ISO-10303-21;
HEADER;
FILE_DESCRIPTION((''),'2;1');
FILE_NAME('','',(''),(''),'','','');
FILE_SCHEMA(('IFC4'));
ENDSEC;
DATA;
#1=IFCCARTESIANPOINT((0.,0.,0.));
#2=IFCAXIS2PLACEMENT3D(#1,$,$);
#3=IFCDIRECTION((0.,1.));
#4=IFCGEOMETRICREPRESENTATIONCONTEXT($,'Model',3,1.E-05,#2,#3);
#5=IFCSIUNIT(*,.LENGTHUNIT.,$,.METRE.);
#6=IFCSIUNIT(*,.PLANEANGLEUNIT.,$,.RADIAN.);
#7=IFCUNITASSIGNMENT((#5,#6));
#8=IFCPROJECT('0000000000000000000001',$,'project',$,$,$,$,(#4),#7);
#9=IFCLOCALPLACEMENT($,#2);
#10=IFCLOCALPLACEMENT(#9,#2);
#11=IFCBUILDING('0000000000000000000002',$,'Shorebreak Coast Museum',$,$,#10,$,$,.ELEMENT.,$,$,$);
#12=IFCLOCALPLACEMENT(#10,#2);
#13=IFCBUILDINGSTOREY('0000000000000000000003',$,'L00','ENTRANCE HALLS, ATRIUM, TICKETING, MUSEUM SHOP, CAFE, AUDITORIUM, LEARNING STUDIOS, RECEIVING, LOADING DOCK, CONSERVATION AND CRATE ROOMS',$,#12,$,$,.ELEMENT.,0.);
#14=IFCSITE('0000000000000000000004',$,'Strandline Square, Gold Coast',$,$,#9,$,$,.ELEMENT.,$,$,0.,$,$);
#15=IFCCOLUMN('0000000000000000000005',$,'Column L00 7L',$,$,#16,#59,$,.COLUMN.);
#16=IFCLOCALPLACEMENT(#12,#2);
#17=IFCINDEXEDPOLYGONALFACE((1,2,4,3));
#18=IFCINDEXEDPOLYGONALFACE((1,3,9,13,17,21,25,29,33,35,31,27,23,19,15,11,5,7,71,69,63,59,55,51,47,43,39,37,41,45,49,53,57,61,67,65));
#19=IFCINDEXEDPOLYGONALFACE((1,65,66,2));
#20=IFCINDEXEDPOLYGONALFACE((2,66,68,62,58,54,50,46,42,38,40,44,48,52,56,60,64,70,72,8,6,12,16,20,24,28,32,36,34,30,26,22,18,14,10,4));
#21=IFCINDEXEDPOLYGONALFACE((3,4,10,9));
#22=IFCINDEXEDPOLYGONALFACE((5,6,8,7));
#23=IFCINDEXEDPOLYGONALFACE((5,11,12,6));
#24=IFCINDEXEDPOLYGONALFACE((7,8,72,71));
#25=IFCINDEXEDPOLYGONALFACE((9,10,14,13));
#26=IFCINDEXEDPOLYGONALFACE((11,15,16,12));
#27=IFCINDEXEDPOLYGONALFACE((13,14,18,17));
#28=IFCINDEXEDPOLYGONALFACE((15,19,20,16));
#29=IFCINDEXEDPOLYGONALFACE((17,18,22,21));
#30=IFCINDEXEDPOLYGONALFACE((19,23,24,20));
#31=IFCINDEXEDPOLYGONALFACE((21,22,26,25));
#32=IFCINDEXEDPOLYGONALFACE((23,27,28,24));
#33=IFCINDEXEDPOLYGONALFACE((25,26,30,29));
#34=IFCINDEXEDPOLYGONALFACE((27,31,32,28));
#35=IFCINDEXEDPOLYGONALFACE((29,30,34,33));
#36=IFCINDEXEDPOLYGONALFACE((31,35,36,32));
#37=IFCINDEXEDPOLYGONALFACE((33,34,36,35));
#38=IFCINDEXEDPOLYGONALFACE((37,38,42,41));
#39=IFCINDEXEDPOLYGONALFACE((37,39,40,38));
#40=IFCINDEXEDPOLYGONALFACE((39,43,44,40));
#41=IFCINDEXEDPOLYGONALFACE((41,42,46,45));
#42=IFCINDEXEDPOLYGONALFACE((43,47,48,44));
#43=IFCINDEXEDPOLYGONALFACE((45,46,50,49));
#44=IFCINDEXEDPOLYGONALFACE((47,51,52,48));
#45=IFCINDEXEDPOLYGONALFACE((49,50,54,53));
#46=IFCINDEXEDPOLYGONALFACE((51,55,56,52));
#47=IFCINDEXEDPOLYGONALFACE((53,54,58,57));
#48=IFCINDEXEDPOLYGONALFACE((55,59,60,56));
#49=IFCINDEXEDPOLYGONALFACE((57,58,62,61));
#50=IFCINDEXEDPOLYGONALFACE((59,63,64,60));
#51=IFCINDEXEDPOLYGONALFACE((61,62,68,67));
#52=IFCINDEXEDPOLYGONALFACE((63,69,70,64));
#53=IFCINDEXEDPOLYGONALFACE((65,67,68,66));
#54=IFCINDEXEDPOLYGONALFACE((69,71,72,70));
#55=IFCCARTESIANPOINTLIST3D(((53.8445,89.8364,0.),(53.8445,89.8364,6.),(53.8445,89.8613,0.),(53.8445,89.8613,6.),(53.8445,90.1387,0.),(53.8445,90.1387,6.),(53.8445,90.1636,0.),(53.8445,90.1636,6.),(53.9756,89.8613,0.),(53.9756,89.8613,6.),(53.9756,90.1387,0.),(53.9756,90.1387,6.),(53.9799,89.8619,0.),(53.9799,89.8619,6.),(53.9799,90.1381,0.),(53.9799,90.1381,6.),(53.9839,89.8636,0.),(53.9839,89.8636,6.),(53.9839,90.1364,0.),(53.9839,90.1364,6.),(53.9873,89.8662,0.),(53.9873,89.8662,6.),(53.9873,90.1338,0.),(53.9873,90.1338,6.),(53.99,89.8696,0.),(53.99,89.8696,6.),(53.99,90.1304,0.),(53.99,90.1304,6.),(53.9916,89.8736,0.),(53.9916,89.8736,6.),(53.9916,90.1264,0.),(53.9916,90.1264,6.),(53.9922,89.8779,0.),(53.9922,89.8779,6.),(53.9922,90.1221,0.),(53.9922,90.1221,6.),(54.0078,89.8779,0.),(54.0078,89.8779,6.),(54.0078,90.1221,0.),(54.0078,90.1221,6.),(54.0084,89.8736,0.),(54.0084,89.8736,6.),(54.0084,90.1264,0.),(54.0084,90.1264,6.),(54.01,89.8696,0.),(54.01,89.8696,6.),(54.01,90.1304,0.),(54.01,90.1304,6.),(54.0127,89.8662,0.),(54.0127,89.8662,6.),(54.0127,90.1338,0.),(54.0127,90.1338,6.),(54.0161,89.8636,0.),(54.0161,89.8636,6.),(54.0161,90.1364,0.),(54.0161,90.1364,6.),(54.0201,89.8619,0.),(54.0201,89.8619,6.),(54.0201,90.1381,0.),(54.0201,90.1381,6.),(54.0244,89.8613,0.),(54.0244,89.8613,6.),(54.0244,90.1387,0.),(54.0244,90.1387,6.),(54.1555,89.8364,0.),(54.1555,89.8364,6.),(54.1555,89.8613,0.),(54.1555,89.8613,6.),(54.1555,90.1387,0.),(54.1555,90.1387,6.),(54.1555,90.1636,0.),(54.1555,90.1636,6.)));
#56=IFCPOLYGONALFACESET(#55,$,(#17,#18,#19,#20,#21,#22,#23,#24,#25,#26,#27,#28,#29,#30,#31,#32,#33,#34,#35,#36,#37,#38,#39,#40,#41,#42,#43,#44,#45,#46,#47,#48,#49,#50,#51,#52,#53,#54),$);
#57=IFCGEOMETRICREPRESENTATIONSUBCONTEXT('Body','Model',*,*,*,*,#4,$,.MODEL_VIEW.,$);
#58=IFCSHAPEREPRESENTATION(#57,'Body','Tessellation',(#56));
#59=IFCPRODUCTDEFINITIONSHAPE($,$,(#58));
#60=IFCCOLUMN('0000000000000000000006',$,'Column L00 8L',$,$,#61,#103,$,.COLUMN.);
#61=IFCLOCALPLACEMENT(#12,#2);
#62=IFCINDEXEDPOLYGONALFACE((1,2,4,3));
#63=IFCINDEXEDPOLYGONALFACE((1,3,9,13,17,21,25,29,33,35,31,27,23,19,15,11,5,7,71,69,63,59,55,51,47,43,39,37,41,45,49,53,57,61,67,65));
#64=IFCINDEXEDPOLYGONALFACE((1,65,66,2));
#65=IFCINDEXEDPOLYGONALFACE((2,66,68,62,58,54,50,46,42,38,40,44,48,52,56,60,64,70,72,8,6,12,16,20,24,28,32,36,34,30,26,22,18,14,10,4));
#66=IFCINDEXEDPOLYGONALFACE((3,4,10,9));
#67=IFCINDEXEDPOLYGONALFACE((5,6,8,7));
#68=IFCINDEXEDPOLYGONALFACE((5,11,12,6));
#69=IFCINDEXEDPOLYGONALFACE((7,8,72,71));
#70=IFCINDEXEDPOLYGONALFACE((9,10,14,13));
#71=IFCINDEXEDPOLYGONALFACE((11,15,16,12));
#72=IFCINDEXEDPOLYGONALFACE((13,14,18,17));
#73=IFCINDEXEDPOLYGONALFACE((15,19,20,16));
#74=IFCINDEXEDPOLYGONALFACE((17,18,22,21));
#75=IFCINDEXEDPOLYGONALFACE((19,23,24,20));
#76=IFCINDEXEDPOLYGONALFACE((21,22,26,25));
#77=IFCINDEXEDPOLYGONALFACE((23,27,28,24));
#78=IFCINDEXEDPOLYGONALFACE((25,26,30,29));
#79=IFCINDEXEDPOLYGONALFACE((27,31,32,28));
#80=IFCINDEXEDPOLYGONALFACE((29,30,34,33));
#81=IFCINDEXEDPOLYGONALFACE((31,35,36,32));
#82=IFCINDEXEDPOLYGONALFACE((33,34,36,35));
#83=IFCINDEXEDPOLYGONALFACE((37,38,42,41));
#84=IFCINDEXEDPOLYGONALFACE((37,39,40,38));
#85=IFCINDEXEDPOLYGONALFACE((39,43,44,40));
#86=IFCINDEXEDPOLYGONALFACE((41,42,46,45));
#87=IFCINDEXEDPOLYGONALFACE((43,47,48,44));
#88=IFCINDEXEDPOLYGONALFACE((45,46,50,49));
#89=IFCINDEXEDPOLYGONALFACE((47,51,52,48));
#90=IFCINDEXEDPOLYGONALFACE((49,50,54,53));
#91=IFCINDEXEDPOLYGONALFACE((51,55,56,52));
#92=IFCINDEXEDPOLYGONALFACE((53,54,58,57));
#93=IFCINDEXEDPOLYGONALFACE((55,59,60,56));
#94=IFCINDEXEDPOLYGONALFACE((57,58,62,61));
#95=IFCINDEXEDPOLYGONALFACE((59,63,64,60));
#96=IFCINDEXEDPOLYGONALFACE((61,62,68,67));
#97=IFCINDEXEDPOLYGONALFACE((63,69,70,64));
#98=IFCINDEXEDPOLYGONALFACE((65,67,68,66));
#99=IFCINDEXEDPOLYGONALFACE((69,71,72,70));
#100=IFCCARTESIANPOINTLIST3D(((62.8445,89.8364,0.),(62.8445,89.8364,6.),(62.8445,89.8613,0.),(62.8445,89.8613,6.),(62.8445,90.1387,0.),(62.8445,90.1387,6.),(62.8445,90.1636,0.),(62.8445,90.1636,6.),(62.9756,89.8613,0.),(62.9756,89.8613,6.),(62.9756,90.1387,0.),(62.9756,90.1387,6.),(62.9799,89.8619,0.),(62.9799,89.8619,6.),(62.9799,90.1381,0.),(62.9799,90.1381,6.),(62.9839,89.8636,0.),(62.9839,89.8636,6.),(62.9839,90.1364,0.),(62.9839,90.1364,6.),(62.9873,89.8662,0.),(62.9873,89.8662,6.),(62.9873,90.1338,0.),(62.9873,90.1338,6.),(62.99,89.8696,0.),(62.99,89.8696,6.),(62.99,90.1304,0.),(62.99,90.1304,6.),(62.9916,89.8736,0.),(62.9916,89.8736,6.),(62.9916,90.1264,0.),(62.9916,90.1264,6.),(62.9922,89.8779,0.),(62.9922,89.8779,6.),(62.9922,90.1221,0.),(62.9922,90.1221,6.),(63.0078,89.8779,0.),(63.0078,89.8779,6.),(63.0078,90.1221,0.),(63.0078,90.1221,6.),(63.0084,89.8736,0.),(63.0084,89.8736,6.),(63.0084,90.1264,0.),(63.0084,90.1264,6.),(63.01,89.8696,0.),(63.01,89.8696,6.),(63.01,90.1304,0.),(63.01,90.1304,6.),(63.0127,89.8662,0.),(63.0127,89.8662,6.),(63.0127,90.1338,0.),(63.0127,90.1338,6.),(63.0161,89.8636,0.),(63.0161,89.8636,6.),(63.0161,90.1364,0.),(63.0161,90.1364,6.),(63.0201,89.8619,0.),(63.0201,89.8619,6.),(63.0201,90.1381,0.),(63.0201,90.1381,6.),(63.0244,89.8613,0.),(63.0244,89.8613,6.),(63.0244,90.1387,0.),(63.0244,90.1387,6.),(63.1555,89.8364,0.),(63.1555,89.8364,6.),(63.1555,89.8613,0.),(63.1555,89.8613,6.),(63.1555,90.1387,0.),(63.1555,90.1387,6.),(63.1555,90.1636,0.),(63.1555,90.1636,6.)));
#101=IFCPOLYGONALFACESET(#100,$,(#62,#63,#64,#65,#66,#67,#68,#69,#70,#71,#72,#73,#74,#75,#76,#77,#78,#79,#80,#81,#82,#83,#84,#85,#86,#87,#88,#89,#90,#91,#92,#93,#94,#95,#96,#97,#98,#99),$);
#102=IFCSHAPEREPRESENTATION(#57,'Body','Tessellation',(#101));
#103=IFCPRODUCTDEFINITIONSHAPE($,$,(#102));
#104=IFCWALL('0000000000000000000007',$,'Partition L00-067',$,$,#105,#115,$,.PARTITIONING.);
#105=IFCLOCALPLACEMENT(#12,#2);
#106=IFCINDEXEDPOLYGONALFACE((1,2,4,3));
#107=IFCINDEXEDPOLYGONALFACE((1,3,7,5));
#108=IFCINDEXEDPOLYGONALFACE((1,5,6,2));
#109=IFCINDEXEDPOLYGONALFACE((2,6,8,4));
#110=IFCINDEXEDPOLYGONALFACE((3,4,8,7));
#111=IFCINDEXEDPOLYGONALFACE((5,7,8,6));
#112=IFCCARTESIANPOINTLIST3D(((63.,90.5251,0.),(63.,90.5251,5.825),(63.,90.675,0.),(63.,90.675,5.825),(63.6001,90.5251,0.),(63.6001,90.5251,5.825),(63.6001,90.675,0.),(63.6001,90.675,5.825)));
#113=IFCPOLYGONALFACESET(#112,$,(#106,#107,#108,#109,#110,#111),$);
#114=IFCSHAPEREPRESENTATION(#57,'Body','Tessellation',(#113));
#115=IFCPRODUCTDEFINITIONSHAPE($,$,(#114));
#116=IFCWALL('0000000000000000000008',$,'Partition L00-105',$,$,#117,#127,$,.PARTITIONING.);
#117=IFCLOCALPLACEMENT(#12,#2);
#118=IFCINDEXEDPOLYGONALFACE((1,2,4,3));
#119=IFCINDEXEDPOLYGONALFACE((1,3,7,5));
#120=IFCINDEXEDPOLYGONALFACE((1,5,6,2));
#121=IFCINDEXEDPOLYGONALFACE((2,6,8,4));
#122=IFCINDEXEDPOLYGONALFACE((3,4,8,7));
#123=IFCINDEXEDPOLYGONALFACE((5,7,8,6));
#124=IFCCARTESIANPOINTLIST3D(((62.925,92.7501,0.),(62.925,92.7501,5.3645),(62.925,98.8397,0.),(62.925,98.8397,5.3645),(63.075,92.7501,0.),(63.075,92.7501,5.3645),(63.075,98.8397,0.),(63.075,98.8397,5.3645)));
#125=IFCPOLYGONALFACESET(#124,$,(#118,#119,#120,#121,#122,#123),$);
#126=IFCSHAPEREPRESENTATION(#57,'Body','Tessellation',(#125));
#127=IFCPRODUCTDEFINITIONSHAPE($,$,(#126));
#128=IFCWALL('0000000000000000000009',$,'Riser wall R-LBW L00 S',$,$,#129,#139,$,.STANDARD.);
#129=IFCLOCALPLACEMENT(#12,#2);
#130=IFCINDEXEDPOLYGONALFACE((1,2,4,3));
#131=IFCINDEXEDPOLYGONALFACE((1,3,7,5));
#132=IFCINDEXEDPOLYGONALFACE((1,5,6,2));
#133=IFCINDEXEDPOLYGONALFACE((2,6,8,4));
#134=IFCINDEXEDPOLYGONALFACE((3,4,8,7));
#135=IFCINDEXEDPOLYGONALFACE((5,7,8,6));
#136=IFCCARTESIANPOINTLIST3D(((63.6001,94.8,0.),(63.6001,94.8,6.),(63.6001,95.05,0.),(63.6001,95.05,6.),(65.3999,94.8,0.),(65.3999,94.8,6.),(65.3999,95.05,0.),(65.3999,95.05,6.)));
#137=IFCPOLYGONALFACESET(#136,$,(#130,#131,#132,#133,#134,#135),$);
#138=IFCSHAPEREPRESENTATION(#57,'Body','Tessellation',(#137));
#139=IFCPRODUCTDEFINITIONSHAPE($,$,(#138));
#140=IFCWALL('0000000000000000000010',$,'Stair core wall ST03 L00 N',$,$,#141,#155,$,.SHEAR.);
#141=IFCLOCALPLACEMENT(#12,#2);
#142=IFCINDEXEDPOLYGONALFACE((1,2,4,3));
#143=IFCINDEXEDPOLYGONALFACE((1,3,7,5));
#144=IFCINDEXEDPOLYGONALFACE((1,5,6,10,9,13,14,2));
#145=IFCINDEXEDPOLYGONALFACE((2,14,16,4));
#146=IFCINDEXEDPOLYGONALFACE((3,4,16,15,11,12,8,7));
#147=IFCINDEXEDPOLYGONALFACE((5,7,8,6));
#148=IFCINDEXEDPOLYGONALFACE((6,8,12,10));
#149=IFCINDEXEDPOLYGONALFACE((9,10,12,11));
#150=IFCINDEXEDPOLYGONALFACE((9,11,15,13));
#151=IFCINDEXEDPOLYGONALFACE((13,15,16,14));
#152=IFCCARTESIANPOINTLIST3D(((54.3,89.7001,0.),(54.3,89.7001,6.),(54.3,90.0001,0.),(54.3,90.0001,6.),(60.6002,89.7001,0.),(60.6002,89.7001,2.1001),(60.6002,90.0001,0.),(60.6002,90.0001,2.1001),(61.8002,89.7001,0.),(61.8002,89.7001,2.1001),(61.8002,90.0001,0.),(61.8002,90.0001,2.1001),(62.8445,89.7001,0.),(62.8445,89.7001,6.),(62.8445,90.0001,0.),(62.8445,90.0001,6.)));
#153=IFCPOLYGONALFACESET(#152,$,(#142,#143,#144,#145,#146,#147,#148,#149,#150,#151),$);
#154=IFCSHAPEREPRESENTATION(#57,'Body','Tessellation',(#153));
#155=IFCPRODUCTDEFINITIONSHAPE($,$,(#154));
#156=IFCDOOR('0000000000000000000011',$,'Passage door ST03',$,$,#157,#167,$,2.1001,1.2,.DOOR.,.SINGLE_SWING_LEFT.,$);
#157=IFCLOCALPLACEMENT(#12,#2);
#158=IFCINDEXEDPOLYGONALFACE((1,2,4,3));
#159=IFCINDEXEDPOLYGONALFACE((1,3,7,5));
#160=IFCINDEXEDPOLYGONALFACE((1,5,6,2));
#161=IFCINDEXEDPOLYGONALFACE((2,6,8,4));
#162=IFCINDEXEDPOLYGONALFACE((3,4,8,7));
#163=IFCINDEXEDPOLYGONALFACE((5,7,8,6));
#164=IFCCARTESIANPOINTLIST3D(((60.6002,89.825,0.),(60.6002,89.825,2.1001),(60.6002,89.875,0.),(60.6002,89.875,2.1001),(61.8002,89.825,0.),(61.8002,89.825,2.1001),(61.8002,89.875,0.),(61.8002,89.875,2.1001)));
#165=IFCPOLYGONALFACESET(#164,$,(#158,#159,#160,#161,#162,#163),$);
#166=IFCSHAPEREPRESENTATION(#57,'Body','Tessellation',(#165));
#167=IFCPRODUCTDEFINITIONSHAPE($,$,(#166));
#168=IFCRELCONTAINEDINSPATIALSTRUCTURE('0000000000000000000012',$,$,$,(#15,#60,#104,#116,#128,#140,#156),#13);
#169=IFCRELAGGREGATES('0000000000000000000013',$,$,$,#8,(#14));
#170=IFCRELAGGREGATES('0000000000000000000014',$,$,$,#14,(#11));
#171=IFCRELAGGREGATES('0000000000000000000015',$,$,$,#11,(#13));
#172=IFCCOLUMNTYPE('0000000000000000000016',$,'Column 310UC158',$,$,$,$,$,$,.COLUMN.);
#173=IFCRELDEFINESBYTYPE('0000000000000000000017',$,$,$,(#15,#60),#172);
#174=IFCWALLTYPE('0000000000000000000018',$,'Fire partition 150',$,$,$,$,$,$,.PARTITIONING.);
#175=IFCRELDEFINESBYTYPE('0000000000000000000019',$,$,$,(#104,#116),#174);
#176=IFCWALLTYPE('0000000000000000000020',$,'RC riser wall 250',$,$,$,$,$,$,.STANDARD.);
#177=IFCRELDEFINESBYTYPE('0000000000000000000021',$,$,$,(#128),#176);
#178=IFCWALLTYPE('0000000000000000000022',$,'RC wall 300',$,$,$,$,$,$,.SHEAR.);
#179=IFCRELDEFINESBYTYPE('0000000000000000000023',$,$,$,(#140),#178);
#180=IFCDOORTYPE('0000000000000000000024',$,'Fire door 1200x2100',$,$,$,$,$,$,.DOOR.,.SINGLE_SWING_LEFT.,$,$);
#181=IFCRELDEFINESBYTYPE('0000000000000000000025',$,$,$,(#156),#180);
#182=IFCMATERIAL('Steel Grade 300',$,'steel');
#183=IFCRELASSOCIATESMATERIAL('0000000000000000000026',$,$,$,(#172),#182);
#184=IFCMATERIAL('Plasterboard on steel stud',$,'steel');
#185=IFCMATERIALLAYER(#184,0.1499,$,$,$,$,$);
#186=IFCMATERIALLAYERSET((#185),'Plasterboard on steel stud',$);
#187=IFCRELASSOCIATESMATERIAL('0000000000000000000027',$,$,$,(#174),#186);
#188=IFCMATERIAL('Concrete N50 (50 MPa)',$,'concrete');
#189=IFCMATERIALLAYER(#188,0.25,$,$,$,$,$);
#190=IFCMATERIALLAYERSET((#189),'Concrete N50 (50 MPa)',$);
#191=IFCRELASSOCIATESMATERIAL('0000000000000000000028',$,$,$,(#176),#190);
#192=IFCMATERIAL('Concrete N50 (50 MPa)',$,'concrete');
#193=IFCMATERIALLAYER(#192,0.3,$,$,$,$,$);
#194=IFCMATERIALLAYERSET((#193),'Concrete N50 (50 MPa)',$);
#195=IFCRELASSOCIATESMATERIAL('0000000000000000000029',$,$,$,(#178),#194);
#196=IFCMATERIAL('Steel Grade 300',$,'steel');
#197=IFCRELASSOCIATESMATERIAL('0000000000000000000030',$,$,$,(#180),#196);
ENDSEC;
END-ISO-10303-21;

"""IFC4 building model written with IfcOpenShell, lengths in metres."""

from ifc_helpers import new_model, si_unit, direction, frame, frame_2d, origin, origin_2d, place, context, subcontext, project, spatial, rectangle, i_section, extrude, material, layer, layer_set, material_profile, profile_set, type_object, element, fill, save


model = new_model("IFC4")

# Units and contexts
model_context = context("Model", 3, precision=1e-05, world=origin(), true_north=direction((0.0, 1.0)))
body_context = subcontext(model_context, "Body", "Model", "MODEL_VIEW")
ifc_project = project(units=[si_unit("LENGTHUNIT", "METRE"), si_unit("PLANEANGLEUNIT", "RADIAN")], contexts=[model_context])

# Site, building, storey
site_placement = place(None, origin())
site = spatial("IfcSite", under=ifc_project, at=site_placement, Name="Strandline Square, Gold Coast", CompositionType="ELEMENT", RefElevation=0.0)
building_placement = place(site_placement, origin())
building = spatial("IfcBuilding", under=site, at=building_placement, Name="Shorebreak Coast Museum", CompositionType="ELEMENT")
storey_placement = place(building_placement, origin())
storey = spatial("IfcBuildingStorey", under=building, at=storey_placement, Name="L00", Description="ENTRANCE HALLS, ATRIUM, TICKETING, MUSEUM SHOP, CAFE, AUDITORIUM, LEARNING STUDIOS, RECEIVING, LOADING DOCK, CONSERVATION AND CRATE ROOMS", CompositionType="ELEMENT", Elevation=0.0)

# Columns
ifc_material_1 = material(Name="Steel Grade 300", Category="steel")
ifc_material_profile_1 = material_profile(ifc_material_1, i_section(OverallWidth=0.311, OverallDepth=0.3271, WebThickness=0.0156, FlangeThickness=0.0249, FilletRadius=0.0166, at=origin_2d()), Name="310UC158")
ifc_profile_set_1 = profile_set([ifc_material_profile_1], Name="Steel Grade 300")
column_type = type_object("IfcColumnType", Name="Column 310UC158", PredefinedType="COLUMN", material=ifc_profile_set_1)
for number, where, z_axis, x_axis, name in (
    (1, (54.0, 90.0, 0.0), (0.0, 0.0, 1.0), (1.0, 0.0, 0.0), "Column L00 7L"),
    (2, (63.0, 90.0, 0.0), (0.0, 0.0, 1.0), (1.0, 0.0, 0.0), "Column L00 8L"),
):
    element("IfcColumn", number, at=place(storey_placement, frame(where, z_axis=z_axis, x_axis=x_axis)), inside=storey, type_object=column_type, Name=name, PredefinedType="COLUMN", context=body_context, shape_type="SweptSolid", body=[
        extrude(i_section(OverallWidth=0.311, OverallDepth=0.3271, WebThickness=0.0156, FlangeThickness=0.0249, FilletRadius=0.0166, at=origin_2d()), origin(), (0.0, 0.0, 1.0), 6.0),
    ])

# Walls
ifc_material_2 = material(Name="Plasterboard on steel stud", Category="steel")
ifc_layer_1 = layer(ifc_material_2, 0.1499)
ifc_layer_set_1 = layer_set([ifc_layer_1], Name="Plasterboard on steel stud")
wall_type_1 = type_object("IfcWallType", Name="Fire partition 150", PredefinedType="PARTITIONING", material=ifc_layer_set_1)
wall_1_placement = place(storey_placement, frame((63.0, 90.6001, 0.0), z_axis=(0.0, 0.0, 1.0), x_axis=(1.0, 0.0, 0.0)))
element("IfcWall", 3, at=wall_1_placement, inside=storey, type_object=wall_type_1, Name="Partition L00-067", PredefinedType="PARTITIONING", context=body_context, shape_type="SweptSolid", body=[
    extrude(rectangle(XDim=0.6001, YDim=0.1499, at=frame_2d((0.3, 0.0))), origin(), (0.0, 0.0, 1.0), 5.825),
])
wall_2_placement = place(storey_placement, frame((63.0, 92.75, 0.0), z_axis=(0.0, 0.0, 1.0), x_axis=(0.0, 1.0, 0.0)))
element("IfcWall", 4, at=wall_2_placement, inside=storey, type_object=wall_type_1, Name="Partition L00-105", PredefinedType="PARTITIONING", context=body_context, shape_type="SweptSolid", body=[
    extrude(rectangle(XDim=6.0896, YDim=0.1499, at=frame_2d((3.0449, 0.0))), origin(), (0.0, 0.0, 1.0), 5.3645),
])
ifc_material_3 = material(Name="Concrete N50 (50 MPa)", Category="concrete")
ifc_layer_2 = layer(ifc_material_3, 0.25)
ifc_layer_set_2 = layer_set([ifc_layer_2], Name="Concrete N50 (50 MPa)")
wall_type_2 = type_object("IfcWallType", Name="RC riser wall 250", PredefinedType="STANDARD", material=ifc_layer_set_2)
wall_3_placement = place(storey_placement, frame((63.6001, 94.925, 0.0), z_axis=(0.0, 0.0, 1.0), x_axis=(1.0, 0.0, 0.0)))
element("IfcWall", 5, at=wall_3_placement, inside=storey, type_object=wall_type_2, Name="Riser wall R-LBW L00 S", PredefinedType="STANDARD", context=body_context, shape_type="SweptSolid", body=[
    extrude(rectangle(XDim=1.7998, YDim=0.25, at=frame_2d((0.8999, 0.0))), origin(), (0.0, 0.0, 1.0), 6.0),
])

# Wall, opening, door
ifc_material_4 = material(Name="Concrete N50 (50 MPa)", Category="concrete")
ifc_layer_3 = layer(ifc_material_4, 0.3)
ifc_layer_set_3 = layer_set([ifc_layer_3], Name="Concrete N50 (50 MPa)")
wall_type_3 = type_object("IfcWallType", Name="RC wall 300", PredefinedType="SHEAR", material=ifc_layer_set_3)
wall_4_placement = place(storey_placement, frame((54.3, 89.8501, 0.0), z_axis=(0.0, 0.0, 1.0), x_axis=(1.0, 0.0, 0.0)))
wall_4 = element("IfcWall", 6, at=wall_4_placement, inside=storey, type_object=wall_type_3, Name="Stair core wall ST03 L00 N", PredefinedType="SHEAR", context=body_context, shape_type="SweptSolid", body=[
    extrude(rectangle(XDim=8.5444, YDim=0.3, at=frame_2d((4.2722, 0.0))), origin(), (0.0, 0.0, 1.0), 6.0),
])
opening_1_placement = place(wall_4_placement, frame((6.3, 0.0, 0.0)))
opening_1 = element("IfcOpeningElement", 7, at=opening_1_placement, cuts=wall_4, PredefinedType="OPENING", context=body_context, shape_type="SweptSolid", body=[
    extrude(rectangle(XDim=1.2, YDim=2.1001, at=frame_2d((0.6001, 1.05))), frame((0.0, 0.1599, 0.0), z_axis=(0.0, -1.0, 0.0), x_axis=(1.0, 0.0, 0.0)), (0.0, 0.0, 1.0), 0.3201),
])
ifc_material_5 = material(Name="Steel Grade 300", Category="steel")
door_type_1 = type_object("IfcDoorType", Name="Fire door 1200x2100", OperationType="SINGLE_SWING_LEFT", PredefinedType="DOOR", material=ifc_material_5)
door_1_placement = place(opening_1_placement, origin())
door_1 = element("IfcDoor", 8, at=door_1_placement, inside=storey, type_object=door_type_1, Name="Passage door ST03", OperationType="SINGLE_SWING_LEFT", OverallHeight=2.1001, OverallWidth=1.2, PredefinedType="DOOR", context=body_context, shape_type="SweptSolid", body=[
    extrude(rectangle(XDim=1.2, YDim=2.1001, at=frame_2d((0.6001, 1.05))), frame((0.0, 0.0249, 0.0), z_axis=(0.0, -1.0, 0.0), x_axis=(1.0, 0.0, 0.0)), (0.0, 0.0, 1.0), 0.05),
])
fill(opening_1, door_1)

save(model, "model.ifc")
